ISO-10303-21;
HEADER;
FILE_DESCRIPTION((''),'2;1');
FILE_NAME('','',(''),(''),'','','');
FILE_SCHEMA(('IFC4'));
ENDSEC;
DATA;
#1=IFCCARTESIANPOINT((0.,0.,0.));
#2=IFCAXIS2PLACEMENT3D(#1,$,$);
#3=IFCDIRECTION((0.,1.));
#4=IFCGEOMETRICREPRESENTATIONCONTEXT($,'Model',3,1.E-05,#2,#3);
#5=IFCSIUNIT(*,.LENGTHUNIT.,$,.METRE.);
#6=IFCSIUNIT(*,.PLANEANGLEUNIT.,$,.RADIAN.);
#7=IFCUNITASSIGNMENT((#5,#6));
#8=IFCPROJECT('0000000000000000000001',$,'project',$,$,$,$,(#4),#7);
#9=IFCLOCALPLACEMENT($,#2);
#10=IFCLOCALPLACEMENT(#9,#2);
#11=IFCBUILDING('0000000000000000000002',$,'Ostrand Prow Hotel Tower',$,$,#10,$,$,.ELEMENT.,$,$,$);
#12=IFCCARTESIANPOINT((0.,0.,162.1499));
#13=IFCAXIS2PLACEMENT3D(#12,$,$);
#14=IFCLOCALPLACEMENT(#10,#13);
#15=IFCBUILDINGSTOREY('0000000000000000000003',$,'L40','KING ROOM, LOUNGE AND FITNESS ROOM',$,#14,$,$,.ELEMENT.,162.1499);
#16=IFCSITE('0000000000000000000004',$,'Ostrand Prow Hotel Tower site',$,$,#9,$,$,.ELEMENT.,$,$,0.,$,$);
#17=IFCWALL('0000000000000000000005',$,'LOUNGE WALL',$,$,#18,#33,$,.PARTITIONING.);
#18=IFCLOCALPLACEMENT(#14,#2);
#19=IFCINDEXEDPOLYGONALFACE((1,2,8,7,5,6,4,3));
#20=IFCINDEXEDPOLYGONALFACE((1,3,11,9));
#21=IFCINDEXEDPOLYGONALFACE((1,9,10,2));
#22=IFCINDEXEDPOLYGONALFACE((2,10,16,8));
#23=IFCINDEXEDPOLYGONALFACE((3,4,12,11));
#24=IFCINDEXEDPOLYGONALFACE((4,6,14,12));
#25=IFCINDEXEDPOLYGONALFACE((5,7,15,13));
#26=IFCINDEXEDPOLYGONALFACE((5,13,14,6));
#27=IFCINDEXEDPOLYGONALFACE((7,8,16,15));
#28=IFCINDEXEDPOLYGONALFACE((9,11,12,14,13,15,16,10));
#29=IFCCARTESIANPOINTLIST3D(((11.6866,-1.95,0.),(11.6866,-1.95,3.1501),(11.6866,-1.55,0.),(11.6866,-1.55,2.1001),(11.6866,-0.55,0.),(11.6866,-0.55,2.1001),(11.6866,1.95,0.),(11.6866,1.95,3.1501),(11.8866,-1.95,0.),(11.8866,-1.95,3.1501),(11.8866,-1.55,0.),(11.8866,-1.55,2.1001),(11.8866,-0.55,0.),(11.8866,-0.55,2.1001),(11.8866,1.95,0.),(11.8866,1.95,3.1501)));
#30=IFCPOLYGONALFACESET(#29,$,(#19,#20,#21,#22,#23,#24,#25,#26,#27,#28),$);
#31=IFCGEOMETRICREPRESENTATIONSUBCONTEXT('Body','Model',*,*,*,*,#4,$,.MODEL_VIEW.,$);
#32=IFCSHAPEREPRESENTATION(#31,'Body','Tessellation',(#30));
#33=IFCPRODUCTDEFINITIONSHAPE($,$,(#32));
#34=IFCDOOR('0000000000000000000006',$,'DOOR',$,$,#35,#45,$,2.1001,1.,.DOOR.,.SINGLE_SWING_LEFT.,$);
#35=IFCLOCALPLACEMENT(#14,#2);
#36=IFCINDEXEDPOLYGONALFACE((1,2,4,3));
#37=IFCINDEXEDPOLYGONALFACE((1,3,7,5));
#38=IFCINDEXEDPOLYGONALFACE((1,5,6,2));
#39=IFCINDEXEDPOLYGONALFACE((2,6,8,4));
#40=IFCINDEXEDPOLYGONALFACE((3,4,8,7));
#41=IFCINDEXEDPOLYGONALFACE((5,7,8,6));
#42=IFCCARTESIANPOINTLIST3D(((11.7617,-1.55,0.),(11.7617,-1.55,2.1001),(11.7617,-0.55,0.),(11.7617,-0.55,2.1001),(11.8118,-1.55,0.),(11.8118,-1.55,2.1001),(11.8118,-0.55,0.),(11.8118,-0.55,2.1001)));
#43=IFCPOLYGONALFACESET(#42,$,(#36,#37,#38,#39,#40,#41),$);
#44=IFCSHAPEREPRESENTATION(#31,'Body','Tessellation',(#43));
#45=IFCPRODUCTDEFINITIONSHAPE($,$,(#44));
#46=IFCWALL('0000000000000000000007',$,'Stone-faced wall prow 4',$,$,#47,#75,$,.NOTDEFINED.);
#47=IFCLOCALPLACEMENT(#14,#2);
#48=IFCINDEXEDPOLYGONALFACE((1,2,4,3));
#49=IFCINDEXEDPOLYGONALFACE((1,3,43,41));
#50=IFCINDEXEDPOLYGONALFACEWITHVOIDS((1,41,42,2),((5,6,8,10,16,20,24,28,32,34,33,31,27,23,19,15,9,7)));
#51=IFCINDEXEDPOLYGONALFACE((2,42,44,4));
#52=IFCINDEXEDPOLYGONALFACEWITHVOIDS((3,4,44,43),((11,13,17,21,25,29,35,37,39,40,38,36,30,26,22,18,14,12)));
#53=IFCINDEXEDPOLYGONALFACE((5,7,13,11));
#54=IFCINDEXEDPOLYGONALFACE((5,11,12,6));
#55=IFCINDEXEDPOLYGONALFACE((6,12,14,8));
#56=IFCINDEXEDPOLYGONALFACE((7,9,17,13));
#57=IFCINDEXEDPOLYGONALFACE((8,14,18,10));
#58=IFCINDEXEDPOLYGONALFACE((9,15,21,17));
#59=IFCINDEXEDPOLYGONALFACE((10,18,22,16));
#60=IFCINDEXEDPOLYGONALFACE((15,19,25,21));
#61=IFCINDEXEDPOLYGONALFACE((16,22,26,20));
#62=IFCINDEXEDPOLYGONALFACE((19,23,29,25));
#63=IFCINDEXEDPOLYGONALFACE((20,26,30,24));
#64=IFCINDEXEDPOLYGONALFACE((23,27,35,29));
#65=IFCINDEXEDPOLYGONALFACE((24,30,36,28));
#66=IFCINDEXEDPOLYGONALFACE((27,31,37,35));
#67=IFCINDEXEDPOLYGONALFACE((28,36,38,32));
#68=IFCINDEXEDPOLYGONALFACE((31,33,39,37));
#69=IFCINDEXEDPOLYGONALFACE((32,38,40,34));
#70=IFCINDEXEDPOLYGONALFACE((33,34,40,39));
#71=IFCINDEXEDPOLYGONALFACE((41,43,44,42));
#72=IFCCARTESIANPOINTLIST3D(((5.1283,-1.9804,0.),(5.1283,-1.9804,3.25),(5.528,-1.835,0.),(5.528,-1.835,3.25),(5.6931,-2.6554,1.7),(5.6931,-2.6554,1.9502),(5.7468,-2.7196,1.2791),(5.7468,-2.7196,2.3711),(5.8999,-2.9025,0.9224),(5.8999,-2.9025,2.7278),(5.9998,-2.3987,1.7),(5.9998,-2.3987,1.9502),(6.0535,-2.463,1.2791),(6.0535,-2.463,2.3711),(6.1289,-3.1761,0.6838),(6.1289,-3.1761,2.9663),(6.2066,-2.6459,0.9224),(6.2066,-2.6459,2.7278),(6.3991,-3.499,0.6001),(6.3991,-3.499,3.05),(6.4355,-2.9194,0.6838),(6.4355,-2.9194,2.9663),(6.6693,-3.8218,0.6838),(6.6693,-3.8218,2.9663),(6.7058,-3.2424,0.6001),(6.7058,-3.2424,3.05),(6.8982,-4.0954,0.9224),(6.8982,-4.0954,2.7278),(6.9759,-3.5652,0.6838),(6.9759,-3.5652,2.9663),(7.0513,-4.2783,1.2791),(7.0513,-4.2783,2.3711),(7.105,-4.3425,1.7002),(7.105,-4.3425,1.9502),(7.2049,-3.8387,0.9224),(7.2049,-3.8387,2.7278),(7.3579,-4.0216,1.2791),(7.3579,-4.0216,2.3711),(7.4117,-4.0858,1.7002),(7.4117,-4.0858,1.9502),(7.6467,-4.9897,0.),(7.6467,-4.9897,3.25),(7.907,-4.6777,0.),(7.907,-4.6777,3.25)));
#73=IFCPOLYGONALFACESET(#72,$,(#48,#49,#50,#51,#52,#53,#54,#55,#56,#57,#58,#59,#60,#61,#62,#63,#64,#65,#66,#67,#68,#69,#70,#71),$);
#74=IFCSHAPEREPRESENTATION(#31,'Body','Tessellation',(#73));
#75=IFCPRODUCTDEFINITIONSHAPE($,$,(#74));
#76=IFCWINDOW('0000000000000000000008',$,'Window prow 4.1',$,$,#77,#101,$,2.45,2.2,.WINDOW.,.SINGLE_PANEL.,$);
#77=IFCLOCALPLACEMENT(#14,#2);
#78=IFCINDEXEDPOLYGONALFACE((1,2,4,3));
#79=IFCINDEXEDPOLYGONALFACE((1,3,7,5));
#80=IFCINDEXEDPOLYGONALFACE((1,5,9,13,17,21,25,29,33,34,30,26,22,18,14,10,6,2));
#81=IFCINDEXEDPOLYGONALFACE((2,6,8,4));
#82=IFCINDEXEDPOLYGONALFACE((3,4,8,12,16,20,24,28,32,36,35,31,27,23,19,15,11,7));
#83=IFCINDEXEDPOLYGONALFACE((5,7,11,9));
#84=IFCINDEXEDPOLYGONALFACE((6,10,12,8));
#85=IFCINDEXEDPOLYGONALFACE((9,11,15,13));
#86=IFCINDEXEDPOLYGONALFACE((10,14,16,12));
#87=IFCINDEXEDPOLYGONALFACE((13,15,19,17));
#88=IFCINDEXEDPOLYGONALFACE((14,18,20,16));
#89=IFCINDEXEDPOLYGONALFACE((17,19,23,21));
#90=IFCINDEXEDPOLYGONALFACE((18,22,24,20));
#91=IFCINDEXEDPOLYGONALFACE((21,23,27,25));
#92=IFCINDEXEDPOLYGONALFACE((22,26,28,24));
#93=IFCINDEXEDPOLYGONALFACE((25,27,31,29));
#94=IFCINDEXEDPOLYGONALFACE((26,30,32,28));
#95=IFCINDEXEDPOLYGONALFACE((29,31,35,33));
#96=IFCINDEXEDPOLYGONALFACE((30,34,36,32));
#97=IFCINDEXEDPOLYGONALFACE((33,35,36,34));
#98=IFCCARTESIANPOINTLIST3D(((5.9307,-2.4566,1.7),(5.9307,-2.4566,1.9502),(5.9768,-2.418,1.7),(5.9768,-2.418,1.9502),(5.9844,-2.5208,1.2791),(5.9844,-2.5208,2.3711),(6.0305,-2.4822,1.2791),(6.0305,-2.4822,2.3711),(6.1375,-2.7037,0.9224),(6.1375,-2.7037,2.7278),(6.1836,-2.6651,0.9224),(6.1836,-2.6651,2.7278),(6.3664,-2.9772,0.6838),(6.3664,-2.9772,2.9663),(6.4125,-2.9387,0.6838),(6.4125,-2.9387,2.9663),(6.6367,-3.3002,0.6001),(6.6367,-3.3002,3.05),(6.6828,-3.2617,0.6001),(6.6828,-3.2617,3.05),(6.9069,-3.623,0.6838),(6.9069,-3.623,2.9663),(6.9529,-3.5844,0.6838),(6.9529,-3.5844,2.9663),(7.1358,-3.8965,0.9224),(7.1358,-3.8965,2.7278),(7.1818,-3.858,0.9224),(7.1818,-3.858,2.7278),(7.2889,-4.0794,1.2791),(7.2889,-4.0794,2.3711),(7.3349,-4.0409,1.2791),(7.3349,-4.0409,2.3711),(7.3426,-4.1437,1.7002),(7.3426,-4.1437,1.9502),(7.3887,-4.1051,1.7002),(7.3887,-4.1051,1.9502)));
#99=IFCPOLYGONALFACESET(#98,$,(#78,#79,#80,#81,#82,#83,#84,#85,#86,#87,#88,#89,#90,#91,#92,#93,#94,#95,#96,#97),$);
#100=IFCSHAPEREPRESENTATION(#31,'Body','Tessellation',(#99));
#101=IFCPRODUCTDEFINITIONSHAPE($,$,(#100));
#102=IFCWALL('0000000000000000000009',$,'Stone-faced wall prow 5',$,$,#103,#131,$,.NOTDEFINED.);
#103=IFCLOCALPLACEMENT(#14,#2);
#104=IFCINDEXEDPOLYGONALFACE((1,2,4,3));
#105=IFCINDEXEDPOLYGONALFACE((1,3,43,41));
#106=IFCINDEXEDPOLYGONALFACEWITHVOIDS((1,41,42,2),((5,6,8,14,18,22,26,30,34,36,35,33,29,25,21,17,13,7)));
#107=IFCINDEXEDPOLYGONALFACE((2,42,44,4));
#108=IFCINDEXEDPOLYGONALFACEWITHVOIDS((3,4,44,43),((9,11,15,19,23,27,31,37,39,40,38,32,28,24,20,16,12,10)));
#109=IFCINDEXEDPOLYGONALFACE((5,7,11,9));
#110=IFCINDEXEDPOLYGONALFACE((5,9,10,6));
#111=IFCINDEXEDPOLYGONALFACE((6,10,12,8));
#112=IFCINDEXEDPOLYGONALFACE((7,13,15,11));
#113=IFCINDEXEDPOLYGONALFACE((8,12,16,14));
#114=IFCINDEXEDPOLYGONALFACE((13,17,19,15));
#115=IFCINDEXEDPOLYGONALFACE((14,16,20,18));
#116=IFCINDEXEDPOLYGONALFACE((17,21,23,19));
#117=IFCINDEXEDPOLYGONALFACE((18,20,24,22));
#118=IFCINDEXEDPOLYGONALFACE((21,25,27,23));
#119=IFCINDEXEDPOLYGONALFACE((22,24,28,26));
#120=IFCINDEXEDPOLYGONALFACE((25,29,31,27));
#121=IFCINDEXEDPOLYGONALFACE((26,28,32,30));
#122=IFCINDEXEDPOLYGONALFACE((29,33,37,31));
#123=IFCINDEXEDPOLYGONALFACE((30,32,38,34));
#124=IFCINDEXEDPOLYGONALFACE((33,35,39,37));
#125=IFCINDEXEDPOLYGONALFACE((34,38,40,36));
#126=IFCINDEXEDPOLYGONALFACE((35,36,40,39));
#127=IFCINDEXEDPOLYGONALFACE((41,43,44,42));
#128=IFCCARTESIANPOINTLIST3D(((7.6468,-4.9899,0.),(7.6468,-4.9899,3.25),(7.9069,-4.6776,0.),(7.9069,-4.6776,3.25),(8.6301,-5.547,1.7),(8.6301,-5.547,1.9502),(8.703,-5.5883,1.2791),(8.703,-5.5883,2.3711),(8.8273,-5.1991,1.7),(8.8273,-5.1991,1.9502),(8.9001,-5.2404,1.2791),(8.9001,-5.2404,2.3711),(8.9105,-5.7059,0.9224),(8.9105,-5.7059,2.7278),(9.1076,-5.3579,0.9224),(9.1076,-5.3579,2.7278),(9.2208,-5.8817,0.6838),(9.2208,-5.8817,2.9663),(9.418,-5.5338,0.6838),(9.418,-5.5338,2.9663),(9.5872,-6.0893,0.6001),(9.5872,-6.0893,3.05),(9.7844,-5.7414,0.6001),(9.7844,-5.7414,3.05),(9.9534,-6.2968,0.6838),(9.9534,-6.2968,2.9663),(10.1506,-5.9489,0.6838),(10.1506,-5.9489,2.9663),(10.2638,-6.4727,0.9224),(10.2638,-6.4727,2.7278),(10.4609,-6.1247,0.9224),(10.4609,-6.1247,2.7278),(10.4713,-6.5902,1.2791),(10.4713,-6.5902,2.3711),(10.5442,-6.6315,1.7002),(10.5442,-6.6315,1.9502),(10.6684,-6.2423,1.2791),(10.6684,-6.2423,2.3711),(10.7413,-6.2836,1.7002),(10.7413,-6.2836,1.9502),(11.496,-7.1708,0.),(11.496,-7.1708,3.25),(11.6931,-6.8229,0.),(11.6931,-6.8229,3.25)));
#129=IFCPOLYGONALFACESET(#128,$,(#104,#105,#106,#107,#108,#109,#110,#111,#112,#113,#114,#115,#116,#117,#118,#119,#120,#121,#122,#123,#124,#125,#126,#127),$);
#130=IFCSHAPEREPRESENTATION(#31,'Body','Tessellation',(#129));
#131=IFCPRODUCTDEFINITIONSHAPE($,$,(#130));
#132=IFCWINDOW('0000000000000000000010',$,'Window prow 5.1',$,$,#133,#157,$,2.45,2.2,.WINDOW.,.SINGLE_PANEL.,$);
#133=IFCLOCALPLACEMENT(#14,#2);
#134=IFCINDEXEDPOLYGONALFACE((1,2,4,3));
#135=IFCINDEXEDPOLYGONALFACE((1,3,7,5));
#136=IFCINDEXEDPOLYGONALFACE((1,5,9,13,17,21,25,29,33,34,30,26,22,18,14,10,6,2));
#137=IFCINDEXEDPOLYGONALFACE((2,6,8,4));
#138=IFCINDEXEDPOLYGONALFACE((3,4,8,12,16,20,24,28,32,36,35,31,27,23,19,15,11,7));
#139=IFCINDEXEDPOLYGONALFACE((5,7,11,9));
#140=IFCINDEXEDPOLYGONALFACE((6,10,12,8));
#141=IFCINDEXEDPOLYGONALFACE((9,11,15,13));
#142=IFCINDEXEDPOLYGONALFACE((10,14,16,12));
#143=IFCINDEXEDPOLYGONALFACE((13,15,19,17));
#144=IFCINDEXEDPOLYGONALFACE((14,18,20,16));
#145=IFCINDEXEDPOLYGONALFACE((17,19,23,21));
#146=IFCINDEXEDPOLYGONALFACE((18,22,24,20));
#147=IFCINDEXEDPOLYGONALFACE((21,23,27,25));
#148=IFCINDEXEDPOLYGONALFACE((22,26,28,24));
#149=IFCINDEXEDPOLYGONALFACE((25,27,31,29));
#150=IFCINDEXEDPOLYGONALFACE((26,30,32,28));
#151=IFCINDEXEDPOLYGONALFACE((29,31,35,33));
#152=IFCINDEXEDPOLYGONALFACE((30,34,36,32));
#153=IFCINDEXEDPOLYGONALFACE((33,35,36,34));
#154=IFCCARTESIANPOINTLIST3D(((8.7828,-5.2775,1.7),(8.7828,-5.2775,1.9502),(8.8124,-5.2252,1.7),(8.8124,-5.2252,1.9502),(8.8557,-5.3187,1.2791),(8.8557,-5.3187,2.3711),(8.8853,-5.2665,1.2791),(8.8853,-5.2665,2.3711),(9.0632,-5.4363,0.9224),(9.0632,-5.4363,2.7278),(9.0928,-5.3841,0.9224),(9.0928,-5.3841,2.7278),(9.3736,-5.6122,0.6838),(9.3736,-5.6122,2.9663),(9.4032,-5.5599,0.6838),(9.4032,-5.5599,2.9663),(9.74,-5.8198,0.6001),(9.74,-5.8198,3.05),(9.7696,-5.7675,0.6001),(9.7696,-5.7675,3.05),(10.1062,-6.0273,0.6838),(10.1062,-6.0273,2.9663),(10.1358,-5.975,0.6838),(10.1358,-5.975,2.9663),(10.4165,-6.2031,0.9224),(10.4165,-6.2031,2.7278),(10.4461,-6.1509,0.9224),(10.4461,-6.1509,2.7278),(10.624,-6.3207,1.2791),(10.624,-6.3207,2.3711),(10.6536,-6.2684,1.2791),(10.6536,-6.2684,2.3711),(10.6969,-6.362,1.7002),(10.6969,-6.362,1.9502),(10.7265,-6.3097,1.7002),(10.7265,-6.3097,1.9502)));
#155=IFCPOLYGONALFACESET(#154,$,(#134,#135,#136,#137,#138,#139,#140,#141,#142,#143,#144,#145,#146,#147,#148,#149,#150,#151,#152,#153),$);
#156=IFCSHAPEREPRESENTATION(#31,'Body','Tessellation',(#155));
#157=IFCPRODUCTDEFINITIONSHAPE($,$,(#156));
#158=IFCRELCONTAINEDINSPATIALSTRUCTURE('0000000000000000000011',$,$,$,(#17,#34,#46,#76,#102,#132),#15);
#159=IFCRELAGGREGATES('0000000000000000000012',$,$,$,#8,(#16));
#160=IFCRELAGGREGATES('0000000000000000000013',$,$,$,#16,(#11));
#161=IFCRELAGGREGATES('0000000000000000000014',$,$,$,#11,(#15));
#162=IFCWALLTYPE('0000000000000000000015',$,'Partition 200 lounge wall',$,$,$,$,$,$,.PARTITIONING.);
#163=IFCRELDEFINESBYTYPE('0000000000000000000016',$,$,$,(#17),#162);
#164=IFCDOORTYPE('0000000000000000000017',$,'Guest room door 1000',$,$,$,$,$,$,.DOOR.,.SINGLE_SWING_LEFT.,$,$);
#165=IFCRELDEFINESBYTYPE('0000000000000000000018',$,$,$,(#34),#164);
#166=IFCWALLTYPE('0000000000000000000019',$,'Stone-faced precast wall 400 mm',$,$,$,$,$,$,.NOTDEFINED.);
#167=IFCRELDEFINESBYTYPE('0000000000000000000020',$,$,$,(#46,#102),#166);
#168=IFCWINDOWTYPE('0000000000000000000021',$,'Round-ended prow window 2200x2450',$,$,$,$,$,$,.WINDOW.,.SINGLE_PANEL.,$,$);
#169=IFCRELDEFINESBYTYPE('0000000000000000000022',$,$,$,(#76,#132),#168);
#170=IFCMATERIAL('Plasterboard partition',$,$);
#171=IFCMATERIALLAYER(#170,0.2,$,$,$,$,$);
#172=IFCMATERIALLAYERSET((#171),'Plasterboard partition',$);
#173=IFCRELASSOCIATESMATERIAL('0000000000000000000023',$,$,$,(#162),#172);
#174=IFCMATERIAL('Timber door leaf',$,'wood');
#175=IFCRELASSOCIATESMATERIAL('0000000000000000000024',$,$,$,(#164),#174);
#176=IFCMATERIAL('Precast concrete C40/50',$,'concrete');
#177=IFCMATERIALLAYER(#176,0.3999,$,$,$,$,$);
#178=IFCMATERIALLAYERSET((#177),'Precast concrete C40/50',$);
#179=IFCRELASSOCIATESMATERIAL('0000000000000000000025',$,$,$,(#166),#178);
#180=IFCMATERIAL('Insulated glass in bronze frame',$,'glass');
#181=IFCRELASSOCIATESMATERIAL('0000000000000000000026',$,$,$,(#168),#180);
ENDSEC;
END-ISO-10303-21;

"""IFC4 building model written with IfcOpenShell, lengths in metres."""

from ifc_helpers import new_model, si_unit, direction, frame, frame_2d, origin, place, context, subcontext, project, spatial, polyline, rectangle, outline, extrude, material, layer, layer_set, type_object, element, fill, save


model = new_model("IFC4")

# Units and contexts
model_context = context("Model", 3, precision=1e-05, world=origin(), true_north=direction((0.0, 1.0)))
body_context = subcontext(model_context, "Body", "Model", "MODEL_VIEW")
ifc_project = project(units=[si_unit("LENGTHUNIT", "METRE"), si_unit("PLANEANGLEUNIT", "RADIAN")], contexts=[model_context])

# Site, building, storey
site_placement = place(None, origin())
site = spatial("IfcSite", under=ifc_project, at=site_placement, Name="Ostrand Prow Hotel Tower site", CompositionType="ELEMENT", RefElevation=0.0)
building_placement = place(site_placement, origin())
building = spatial("IfcBuilding", under=site, at=building_placement, Name="Ostrand Prow Hotel Tower", CompositionType="ELEMENT")
storey_placement = place(building_placement, frame((0.0, 0.0, 162.1499)))
storey = spatial("IfcBuildingStorey", under=building, at=storey_placement, Name="L40", Description="KING ROOM, LOUNGE AND FITNESS ROOM", CompositionType="ELEMENT", Elevation=162.1499)

# Wall, opening, door
ifc_material_1 = material(Name="Plasterboard partition")
ifc_layer_1 = layer(ifc_material_1, 0.2)
ifc_layer_set_1 = layer_set([ifc_layer_1], Name="Plasterboard partition")
wall_type_1 = type_object("IfcWallType", Name="Partition 200 lounge wall", PredefinedType="PARTITIONING", material=ifc_layer_set_1)
wall_1_placement = place(storey_placement, frame((11.7866, -1.95, 0.0), z_axis=(0.0, 0.0, 1.0), x_axis=(0.0, 1.0, 0.0)))
wall_1 = element("IfcWall", 1, at=wall_1_placement, inside=storey, type_object=wall_type_1, Name="LOUNGE WALL", PredefinedType="PARTITIONING", context=body_context, shape_type="SweptSolid", body=[
    extrude(rectangle(XDim=3.8999, YDim=0.2, at=frame_2d((1.95, 0.0))), origin(), (0.0, 0.0, 1.0), 3.1501),
])
opening_1_placement = place(wall_1_placement, frame((0.3999, 0.0, 0.0)))
opening_1 = element("IfcOpeningElement", 2, at=opening_1_placement, cuts=wall_1, PredefinedType="OPENING", context=body_context, shape_type="SweptSolid", body=[
    extrude(rectangle(XDim=1.0, YDim=2.1001, at=frame_2d((0.5, 1.05))), frame((0.0, 0.1099, 0.0), z_axis=(0.0, -1.0, 0.0), x_axis=(1.0, 0.0, 0.0)), (0.0, 0.0, 1.0), 0.22),
])
ifc_material_2 = material(Name="Timber door leaf", Category="wood")
door_type_1 = type_object("IfcDoorType", Name="Guest room door 1000", OperationType="SINGLE_SWING_LEFT", PredefinedType="DOOR", material=ifc_material_2)
door_1_placement = place(opening_1_placement, origin())
door_1 = element("IfcDoor", 3, at=door_1_placement, inside=storey, type_object=door_type_1, Name="DOOR", OperationType="SINGLE_SWING_LEFT", OverallHeight=2.1001, OverallWidth=1.0, PredefinedType="DOOR", context=body_context, shape_type="SweptSolid", body=[
    extrude(rectangle(XDim=1.0, YDim=2.1001, at=frame_2d((0.5, 1.05))), frame((0.0, 0.0249, 0.0), z_axis=(0.0, -1.0, 0.0), x_axis=(1.0, 0.0, 0.0)), (0.0, 0.0, 1.0), 0.05),
])
fill(opening_1, door_1)

# Walls, openings, windows
ifc_material_3 = material(Name="Precast concrete C40/50", Category="concrete")
ifc_layer_2 = layer(ifc_material_3, 0.3999)
ifc_layer_set_2 = layer_set([ifc_layer_2], Name="Precast concrete C40/50")
wall_type_2 = type_object("IfcWallType", Name="Stone-faced precast wall 400 mm", PredefinedType="NOTDEFINED", material=ifc_layer_set_2)
wall_2_placement = place(storey_placement, frame((5.3281, -1.9077, 0.0), z_axis=(0.0, 0.0, 1.0), x_axis=(0.641788, -0.766882, 0.0)))
wall_2 = element("IfcWall", 4, at=wall_2_placement, inside=storey, type_object=wall_type_2, Name="Stone-faced wall prow 4", PredefinedType="NOTDEFINED", context=body_context, shape_type="SweptSolid", body=[
    extrude(outline(polyline([(-0.0725, -0.2), (3.8516, -0.2), (3.7793, 0.2), (0.0725, 0.2), (-0.0725, -0.2)])), origin(), (0.0, 0.0, 1.0), 3.25),
])
opening_2_placement = place(wall_2_placement, frame((0.8076, 0.0, 0.6001)))
opening_2 = element("IfcOpeningElement", 5, at=opening_2_placement, cuts=wall_2, PredefinedType="OPENING", context=body_context, shape_type="SweptSolid", body=[
    extrude(outline(polyline([(0.0, 1.3501), (0.0837, 1.771), (0.3223, 2.1277), (0.679, 2.3662), (1.1001, 2.45), (1.521, 2.3662), (1.8777, 2.1277), (2.1162, 1.771), (2.2, 1.3501), (2.2, 1.1001), (2.1162, 0.679), (1.8777, 0.3223), (1.521, 0.0837), (1.1001, 0.0), (0.679, 0.0837), (0.3223, 0.3223), (0.0837, 0.679), (0.0, 1.0999), (0.0, 1.3501)])), frame((0.0, 0.21, 0.0), z_axis=(0.0, -1.0, 0.0), x_axis=(1.0, 0.0, 0.0)), (0.0, 0.0, 1.0), 0.4199),
])
ifc_material_4 = material(Name="Insulated glass in bronze frame", Category="glass")
window_type = type_object("IfcWindowType", Name="Round-ended prow window 2200x2450", PartitioningType="SINGLE_PANEL", PredefinedType="WINDOW", material=ifc_material_4)
window_1_placement = place(opening_2_placement, origin())
window_1 = element("IfcWindow", 6, at=window_1_placement, inside=storey, type_object=window_type, Name="Window prow 4.1", OverallHeight=2.45, OverallWidth=2.2, PartitioningType="SINGLE_PANEL", PredefinedType="WINDOW", context=body_context, shape_type="SweptSolid", body=[
    extrude(outline(polyline([(0.0, 1.3501), (0.0837, 1.771), (0.3223, 2.1277), (0.679, 2.3662), (1.1001, 2.45), (1.521, 2.3662), (1.8777, 2.1277), (2.1162, 1.771), (2.2, 1.3501), (2.2, 1.1001), (2.1162, 0.679), (1.8777, 0.3223), (1.521, 0.0837), (1.1001, 0.0), (0.679, 0.0837), (0.3223, 0.3223), (0.0837, 0.679), (0.0, 1.0999), (0.0, 1.3501)])), frame((0.0, 0.1699, 0.0), z_axis=(0.0, -1.0, 0.0), x_axis=(1.0, 0.0, 0.0)), (0.0, 0.0, 1.0), 0.0601),
])
fill(opening_2, window_1)
wall_3_placement = place(storey_placement, frame((7.7769, -4.8337, 0.0), z_axis=(0.0, 0.0, 1.0), x_axis=(0.870045, -0.492972, 0.0)))
wall_3 = element("IfcWall", 7, at=wall_3_placement, inside=storey, type_object=wall_type_2, Name="Stone-faced wall prow 5", PredefinedType="NOTDEFINED", context=body_context, shape_type="SweptSolid", body=[
    extrude(outline(polyline([(-0.0361, -0.2), (4.3879, -0.2), (4.3879, 0.2), (0.0361, 0.2), (-0.0361, -0.2)])), origin(), (0.0, 0.0, 1.0), 3.25),
])
opening_3_placement = place(wall_3_placement, frame((1.094, 0.0, 0.6001)))
opening_3 = element("IfcOpeningElement", 8, at=opening_3_placement, cuts=wall_3, PredefinedType="OPENING", context=body_context, shape_type="SweptSolid", body=[
    extrude(outline(polyline([(0.0, 1.3501), (0.0837, 1.771), (0.3223, 2.1277), (0.679, 2.3662), (1.1001, 2.45), (1.521, 2.3662), (1.8777, 2.1277), (2.1162, 1.771), (2.2, 1.3501), (2.2, 1.1001), (2.1162, 0.679), (1.8777, 0.3223), (1.521, 0.0837), (1.1001, 0.0), (0.679, 0.0837), (0.3223, 0.3223), (0.0837, 0.679), (0.0, 1.0999), (0.0, 1.3501)])), frame((0.0, 0.21, 0.0), z_axis=(0.0, -1.0, 0.0), x_axis=(1.0, 0.0, 0.0)), (0.0, 0.0, 1.0), 0.4199),
])
window_2_placement = place(opening_3_placement, origin())
window_2 = element("IfcWindow", 9, at=window_2_placement, inside=storey, type_object=window_type, Name="Window prow 5.1", OverallHeight=2.45, OverallWidth=2.2, PartitioningType="SINGLE_PANEL", PredefinedType="WINDOW", context=body_context, shape_type="SweptSolid", body=[
    extrude(outline(polyline([(0.0, 1.3501), (0.0837, 1.771), (0.3223, 2.1277), (0.679, 2.3662), (1.1001, 2.45), (1.521, 2.3662), (1.8777, 2.1277), (2.1162, 1.771), (2.2, 1.3501), (2.2, 1.1001), (2.1162, 0.679), (1.8777, 0.3223), (1.521, 0.0837), (1.1001, 0.0), (0.679, 0.0837), (0.3223, 0.3223), (0.0837, 0.679), (0.0, 1.0999), (0.0, 1.3501)])), frame((0.0, 0.1699, 0.0), z_axis=(0.0, -1.0, 0.0), x_axis=(1.0, 0.0, 0.0)), (0.0, 0.0, 1.0), 0.0601),
])
fill(opening_3, window_2)

save(model, "model.ifc")
